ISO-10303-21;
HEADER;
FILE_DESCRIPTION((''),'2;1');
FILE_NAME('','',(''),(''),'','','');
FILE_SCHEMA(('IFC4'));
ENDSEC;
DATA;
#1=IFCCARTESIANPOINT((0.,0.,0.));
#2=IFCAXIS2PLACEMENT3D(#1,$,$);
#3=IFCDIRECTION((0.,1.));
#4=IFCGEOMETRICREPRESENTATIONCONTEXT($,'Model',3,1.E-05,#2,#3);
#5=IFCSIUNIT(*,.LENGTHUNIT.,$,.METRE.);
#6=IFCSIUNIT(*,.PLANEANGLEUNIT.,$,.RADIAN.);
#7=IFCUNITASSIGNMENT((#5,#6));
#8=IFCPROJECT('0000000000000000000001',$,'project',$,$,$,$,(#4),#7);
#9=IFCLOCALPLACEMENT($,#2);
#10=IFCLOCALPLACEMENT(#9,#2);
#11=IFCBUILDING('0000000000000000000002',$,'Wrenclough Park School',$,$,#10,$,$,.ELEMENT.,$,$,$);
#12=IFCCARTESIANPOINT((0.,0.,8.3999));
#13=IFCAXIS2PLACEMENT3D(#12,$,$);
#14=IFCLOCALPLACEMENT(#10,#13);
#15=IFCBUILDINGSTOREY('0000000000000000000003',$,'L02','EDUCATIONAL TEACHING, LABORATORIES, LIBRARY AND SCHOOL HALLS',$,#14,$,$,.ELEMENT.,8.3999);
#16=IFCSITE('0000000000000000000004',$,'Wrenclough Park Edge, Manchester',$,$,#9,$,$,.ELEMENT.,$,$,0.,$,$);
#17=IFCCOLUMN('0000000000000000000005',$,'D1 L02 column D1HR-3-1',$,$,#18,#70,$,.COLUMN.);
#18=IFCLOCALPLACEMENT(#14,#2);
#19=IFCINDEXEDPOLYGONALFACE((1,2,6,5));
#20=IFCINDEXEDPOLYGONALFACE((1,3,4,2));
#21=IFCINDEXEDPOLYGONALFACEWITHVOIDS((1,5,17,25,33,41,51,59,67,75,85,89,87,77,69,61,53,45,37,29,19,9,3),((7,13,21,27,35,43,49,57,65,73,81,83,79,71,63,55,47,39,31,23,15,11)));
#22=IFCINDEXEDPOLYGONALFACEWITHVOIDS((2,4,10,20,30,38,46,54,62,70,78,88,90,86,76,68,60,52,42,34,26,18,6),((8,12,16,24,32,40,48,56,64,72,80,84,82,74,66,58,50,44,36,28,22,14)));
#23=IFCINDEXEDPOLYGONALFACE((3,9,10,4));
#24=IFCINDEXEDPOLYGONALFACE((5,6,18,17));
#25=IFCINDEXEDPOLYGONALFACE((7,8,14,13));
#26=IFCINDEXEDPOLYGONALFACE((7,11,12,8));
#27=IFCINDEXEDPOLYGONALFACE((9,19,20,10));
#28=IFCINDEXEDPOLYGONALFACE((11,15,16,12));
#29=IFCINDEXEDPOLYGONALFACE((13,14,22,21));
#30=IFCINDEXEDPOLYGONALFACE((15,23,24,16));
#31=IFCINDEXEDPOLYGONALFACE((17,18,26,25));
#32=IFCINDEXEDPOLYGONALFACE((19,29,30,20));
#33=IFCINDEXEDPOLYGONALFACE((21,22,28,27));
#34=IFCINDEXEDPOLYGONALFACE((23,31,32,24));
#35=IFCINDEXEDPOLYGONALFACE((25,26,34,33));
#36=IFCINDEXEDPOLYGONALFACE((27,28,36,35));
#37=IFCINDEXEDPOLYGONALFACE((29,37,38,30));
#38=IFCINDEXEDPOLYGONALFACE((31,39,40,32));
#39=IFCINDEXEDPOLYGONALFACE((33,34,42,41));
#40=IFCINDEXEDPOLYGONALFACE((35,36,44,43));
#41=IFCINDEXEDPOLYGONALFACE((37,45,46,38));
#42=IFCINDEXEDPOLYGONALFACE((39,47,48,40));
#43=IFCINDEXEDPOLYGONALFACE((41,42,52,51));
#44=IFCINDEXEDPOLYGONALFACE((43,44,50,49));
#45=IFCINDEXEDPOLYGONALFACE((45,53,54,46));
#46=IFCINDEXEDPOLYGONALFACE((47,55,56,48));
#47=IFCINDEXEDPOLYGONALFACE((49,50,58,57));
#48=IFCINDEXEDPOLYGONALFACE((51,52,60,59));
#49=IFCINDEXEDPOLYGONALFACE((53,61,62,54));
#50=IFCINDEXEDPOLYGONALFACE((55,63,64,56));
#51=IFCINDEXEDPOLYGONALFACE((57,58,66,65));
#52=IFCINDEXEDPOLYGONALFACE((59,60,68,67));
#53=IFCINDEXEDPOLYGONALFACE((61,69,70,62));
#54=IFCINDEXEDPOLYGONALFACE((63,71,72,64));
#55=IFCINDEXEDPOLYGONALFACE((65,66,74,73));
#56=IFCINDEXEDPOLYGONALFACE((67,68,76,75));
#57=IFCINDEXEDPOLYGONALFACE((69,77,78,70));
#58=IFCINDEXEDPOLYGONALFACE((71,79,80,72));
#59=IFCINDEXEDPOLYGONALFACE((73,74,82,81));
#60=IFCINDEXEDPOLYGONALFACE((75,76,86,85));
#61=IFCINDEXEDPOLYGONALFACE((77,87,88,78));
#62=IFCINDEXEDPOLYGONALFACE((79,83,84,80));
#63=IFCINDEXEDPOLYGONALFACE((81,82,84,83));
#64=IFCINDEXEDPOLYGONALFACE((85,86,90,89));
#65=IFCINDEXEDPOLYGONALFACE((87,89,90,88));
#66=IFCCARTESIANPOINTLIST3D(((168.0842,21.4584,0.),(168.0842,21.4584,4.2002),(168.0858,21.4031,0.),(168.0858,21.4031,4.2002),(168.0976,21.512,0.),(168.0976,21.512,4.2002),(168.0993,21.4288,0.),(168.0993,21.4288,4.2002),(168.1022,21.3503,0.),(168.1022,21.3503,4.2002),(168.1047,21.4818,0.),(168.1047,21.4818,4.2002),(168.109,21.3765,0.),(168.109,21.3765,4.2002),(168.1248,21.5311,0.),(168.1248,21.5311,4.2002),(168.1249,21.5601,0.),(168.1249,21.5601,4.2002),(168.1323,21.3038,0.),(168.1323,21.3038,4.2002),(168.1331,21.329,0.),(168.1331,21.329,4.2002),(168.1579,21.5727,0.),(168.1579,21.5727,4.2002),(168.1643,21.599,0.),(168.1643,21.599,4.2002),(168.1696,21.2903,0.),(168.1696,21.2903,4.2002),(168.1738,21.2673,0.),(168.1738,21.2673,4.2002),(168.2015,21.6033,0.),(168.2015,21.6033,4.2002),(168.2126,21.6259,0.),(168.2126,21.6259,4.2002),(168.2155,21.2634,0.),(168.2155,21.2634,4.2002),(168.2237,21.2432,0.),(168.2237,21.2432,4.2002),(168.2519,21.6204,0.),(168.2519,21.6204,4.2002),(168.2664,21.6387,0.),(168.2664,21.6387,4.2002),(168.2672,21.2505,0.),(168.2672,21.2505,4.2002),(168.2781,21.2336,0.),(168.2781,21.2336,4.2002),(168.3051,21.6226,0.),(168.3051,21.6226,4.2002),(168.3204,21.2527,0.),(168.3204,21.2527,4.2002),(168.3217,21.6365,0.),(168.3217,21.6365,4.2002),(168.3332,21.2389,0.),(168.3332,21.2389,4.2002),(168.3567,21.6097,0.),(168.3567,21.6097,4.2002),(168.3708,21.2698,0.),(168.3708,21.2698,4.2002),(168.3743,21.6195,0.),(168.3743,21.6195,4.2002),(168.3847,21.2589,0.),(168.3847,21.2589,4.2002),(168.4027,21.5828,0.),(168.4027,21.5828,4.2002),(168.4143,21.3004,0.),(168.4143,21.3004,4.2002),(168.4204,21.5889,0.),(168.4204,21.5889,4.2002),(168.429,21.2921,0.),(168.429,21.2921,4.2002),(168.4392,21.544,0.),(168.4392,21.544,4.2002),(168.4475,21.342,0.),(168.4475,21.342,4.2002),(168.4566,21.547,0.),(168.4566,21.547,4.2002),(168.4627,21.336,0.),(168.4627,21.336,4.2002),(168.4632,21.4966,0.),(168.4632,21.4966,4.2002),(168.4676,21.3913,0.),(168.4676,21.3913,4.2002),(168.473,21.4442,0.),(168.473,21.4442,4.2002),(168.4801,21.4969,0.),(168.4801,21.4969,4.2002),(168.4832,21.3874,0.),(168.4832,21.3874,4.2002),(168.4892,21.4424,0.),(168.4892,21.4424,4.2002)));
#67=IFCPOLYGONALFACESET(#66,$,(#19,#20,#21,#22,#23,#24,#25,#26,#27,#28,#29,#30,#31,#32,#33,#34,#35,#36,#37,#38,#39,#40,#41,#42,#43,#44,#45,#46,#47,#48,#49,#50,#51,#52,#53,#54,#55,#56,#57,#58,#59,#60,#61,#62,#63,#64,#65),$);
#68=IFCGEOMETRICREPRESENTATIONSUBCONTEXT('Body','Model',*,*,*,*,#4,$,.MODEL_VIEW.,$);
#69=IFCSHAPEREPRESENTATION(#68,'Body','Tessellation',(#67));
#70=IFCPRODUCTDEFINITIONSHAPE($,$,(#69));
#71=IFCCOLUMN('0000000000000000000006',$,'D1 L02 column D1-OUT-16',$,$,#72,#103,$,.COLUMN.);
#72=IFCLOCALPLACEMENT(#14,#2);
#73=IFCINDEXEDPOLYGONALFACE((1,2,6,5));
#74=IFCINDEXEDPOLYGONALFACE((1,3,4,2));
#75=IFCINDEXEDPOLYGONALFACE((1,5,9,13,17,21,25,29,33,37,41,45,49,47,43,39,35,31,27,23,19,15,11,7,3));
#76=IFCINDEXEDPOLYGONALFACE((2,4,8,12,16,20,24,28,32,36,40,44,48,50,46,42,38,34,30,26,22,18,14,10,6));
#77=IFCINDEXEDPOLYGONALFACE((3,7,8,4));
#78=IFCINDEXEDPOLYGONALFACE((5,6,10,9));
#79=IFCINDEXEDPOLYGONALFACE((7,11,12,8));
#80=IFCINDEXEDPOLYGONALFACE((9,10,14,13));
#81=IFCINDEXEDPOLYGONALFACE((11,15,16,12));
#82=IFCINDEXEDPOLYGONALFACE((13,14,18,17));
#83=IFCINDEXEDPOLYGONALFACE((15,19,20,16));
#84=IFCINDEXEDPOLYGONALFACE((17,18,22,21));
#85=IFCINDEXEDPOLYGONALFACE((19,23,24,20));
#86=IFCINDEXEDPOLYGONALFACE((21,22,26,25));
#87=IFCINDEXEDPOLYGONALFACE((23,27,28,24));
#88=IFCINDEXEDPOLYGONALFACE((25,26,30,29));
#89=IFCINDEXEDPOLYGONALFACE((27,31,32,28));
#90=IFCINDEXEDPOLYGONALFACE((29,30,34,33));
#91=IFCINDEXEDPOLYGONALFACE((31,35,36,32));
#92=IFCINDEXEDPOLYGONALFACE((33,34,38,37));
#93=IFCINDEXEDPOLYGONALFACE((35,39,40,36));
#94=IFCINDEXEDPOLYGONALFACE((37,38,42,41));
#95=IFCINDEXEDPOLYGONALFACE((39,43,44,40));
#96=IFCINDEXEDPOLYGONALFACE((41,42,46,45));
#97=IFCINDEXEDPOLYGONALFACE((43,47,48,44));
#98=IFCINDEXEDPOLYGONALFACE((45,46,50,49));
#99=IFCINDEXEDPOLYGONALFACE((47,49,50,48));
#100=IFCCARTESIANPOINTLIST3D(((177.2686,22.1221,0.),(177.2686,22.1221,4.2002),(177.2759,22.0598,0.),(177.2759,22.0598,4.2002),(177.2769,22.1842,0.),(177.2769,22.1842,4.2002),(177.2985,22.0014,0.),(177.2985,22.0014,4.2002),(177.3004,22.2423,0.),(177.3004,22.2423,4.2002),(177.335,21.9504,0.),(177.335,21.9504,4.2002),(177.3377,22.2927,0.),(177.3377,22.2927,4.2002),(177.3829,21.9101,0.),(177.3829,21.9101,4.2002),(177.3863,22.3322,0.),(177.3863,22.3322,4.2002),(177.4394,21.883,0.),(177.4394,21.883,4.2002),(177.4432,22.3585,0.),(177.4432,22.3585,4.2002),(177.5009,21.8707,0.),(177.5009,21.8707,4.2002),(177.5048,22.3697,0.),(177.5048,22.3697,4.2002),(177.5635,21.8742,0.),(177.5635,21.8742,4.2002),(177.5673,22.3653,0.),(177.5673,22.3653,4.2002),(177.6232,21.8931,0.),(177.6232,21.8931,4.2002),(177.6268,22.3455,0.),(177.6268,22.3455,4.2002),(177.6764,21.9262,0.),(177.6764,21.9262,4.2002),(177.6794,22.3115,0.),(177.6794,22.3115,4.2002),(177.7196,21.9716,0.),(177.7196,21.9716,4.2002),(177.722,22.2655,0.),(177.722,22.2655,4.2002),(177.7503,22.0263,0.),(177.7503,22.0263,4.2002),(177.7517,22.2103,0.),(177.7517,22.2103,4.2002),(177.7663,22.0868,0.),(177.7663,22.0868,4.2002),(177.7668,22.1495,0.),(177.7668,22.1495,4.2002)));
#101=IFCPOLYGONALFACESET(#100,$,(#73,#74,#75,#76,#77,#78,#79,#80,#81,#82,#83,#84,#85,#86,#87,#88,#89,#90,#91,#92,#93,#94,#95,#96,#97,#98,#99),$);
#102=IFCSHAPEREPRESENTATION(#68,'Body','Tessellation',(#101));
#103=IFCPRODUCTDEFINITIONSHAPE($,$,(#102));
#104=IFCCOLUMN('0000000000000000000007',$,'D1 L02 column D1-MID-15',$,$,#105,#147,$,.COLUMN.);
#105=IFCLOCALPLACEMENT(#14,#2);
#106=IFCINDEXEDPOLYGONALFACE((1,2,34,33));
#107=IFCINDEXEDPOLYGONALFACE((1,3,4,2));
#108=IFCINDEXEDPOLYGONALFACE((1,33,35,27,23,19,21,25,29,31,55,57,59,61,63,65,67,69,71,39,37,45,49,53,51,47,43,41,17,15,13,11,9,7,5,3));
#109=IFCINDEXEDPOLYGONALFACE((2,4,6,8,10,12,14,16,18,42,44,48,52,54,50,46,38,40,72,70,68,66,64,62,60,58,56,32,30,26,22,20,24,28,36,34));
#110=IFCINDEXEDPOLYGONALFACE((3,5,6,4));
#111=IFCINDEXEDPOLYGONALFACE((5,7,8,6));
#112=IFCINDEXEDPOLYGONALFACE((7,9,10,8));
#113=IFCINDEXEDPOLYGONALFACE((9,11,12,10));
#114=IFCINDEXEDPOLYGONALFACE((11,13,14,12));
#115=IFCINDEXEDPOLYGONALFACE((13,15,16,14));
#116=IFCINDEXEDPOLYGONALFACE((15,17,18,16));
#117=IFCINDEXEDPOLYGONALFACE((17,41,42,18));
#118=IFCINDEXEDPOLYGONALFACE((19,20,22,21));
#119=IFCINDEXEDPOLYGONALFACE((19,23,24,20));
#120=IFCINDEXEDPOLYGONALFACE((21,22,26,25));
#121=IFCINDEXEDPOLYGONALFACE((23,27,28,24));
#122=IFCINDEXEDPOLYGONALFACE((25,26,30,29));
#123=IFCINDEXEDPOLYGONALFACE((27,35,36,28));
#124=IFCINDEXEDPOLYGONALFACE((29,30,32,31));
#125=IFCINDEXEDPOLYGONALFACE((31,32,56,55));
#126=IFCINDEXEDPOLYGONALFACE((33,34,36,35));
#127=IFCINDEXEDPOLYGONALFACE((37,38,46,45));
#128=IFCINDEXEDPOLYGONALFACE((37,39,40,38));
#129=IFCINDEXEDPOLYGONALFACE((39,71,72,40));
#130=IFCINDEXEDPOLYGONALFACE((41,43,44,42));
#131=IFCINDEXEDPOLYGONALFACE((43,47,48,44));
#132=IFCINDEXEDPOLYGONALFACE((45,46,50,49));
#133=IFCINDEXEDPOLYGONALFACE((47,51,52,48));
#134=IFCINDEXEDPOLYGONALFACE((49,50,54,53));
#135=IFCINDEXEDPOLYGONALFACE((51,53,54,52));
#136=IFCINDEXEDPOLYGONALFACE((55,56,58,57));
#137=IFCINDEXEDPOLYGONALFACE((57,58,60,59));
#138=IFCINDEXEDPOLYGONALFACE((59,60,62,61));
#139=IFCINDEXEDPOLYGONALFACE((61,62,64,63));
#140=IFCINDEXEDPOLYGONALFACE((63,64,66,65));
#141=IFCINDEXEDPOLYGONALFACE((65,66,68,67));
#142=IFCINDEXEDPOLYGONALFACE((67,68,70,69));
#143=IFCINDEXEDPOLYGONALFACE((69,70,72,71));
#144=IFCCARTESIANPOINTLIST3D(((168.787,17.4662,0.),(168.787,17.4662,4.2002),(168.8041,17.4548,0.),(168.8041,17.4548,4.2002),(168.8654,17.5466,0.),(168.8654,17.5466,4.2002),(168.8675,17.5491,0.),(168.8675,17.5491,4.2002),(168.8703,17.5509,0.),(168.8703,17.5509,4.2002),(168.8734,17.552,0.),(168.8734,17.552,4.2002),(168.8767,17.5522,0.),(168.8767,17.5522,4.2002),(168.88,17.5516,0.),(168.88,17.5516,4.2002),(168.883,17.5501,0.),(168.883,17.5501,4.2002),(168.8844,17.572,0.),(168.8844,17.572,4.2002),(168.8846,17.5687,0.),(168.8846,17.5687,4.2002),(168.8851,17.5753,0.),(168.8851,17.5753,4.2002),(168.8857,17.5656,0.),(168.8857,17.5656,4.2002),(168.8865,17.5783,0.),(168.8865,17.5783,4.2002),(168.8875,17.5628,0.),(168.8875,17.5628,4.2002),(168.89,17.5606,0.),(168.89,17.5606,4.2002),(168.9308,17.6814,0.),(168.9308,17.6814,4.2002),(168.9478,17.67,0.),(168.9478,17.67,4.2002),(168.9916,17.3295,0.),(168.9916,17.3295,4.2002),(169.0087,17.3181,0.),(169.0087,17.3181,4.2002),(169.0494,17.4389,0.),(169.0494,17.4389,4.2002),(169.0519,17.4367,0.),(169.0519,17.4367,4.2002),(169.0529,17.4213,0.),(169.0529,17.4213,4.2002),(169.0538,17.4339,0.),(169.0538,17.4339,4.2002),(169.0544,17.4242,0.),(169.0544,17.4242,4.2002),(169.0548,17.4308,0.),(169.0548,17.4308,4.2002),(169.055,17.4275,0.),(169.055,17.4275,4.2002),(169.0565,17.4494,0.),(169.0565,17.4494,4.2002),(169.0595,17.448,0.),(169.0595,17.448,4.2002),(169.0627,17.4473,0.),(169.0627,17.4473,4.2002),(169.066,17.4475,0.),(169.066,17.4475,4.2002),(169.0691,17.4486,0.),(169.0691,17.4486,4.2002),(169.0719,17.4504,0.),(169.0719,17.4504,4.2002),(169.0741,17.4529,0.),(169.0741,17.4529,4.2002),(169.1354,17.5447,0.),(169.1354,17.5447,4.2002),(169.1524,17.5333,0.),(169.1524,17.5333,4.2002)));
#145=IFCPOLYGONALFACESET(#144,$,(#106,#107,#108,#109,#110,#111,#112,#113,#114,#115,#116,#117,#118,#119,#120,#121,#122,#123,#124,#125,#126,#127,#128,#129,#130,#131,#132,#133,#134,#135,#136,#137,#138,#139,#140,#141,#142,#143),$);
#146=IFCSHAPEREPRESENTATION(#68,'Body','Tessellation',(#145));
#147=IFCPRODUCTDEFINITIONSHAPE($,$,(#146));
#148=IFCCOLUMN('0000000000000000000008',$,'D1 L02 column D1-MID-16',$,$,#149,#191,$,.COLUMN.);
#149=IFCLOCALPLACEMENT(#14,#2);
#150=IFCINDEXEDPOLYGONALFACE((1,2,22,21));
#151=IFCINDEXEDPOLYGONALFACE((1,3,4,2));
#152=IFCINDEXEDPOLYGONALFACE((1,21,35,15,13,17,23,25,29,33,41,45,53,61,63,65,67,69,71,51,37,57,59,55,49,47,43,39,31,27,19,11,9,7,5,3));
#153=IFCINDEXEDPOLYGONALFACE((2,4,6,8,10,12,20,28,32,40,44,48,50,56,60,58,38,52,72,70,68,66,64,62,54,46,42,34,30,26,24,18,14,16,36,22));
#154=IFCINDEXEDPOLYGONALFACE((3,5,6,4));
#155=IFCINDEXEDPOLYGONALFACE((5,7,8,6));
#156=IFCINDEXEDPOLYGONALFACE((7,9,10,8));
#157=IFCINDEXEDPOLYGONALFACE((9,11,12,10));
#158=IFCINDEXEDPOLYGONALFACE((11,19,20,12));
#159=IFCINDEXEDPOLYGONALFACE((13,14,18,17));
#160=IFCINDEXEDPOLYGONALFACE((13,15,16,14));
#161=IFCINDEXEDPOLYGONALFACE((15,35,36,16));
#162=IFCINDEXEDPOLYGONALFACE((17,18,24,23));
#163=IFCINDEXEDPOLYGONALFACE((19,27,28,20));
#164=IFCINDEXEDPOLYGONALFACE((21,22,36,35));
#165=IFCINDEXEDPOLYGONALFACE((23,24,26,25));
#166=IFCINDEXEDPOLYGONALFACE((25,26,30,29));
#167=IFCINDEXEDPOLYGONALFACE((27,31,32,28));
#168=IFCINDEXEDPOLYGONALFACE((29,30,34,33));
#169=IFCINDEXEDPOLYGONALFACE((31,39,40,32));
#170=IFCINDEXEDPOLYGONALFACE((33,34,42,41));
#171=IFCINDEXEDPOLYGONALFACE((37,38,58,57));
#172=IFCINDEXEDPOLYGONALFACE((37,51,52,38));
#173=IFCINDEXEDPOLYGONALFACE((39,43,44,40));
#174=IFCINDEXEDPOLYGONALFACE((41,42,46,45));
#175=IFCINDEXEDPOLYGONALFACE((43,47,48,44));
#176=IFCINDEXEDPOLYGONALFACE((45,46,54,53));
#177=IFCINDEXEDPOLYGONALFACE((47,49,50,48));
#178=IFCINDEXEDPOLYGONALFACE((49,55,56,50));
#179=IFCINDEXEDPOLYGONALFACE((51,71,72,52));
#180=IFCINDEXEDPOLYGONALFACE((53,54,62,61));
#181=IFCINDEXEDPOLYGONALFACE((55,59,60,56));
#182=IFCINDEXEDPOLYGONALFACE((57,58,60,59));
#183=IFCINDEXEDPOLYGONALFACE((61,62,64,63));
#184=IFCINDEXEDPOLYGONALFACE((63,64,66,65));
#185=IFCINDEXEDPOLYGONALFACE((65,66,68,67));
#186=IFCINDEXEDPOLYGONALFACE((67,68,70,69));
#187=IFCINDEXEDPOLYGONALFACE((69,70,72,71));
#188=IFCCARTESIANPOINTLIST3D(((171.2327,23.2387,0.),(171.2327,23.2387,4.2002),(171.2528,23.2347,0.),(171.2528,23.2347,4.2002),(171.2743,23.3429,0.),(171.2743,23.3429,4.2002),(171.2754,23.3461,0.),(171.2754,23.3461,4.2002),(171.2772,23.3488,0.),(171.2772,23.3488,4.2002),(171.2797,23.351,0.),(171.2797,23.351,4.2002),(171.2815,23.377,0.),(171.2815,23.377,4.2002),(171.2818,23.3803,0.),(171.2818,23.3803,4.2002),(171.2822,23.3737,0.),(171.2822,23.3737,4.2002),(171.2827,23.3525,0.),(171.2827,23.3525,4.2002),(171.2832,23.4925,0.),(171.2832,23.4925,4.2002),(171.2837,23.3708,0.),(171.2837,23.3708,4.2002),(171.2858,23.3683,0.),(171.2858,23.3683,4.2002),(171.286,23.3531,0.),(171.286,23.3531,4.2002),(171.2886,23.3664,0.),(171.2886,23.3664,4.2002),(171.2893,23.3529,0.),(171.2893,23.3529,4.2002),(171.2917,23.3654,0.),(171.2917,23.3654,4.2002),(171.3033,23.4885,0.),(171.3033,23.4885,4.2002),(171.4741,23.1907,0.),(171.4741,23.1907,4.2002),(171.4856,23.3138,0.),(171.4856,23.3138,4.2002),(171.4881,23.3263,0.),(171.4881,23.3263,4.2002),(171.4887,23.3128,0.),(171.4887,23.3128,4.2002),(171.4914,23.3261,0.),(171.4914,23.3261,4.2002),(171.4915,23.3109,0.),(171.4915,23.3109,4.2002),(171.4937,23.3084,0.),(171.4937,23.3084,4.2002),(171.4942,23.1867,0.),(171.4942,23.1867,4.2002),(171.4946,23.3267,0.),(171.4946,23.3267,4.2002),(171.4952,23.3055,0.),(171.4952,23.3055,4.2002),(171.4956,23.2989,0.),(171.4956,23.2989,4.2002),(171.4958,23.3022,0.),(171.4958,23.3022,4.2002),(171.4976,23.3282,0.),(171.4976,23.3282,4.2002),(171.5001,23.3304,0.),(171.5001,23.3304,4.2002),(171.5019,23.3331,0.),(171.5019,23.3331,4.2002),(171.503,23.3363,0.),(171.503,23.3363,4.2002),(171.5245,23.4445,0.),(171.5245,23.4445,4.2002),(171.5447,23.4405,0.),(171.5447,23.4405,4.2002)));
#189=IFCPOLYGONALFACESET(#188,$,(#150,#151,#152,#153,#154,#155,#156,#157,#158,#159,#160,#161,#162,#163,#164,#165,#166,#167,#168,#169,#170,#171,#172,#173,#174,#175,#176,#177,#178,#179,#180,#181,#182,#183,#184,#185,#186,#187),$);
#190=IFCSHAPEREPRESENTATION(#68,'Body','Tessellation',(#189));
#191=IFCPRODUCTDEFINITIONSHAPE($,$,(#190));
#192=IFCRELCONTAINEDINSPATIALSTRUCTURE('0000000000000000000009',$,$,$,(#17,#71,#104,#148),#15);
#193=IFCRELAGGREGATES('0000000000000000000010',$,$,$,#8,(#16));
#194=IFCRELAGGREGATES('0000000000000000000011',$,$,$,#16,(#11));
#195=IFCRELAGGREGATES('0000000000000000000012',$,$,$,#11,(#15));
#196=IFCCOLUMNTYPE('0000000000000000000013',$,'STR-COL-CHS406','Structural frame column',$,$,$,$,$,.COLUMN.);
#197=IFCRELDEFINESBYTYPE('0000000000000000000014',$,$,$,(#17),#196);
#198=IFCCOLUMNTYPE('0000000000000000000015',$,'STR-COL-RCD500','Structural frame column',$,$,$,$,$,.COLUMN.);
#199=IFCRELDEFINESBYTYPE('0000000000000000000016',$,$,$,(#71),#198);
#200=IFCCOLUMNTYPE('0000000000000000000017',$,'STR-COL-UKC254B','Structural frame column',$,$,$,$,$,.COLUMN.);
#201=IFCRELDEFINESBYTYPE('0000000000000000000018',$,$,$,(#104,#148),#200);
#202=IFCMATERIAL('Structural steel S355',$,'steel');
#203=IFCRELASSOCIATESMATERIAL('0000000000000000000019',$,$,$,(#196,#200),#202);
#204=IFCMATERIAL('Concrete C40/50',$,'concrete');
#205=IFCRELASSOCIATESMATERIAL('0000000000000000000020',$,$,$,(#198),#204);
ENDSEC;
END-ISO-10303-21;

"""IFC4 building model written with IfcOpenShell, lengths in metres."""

from ifc_helpers import new_model, si_unit, direction, frame, origin, origin_2d, place, context, subcontext, project, spatial, circle, hollow_circle, i_section, extrude, material, material_profile, profile_set, type_object, element, save


model = new_model("IFC4")

# Units and contexts
model_context = context("Model", 3, precision=1e-05, world=origin(), true_north=direction((0.0, 1.0)))
body_context = subcontext(model_context, "Body", "Model", "MODEL_VIEW")
ifc_project = project(units=[si_unit("LENGTHUNIT", "METRE"), si_unit("PLANEANGLEUNIT", "RADIAN")], contexts=[model_context])

# Site, building, storey
site_placement = place(None, origin())
site = spatial("IfcSite", under=ifc_project, at=site_placement, Name="Wrenclough Park Edge, Manchester", CompositionType="ELEMENT", RefElevation=0.0)
building_placement = place(site_placement, origin())
building = spatial("IfcBuilding", under=site, at=building_placement, Name="Wrenclough Park School", CompositionType="ELEMENT")
storey_placement = place(building_placement, frame((0.0, 0.0, 8.3999)))
storey = spatial("IfcBuildingStorey", under=building, at=storey_placement, Name="L02", Description="EDUCATIONAL TEACHING, LABORATORIES, LIBRARY AND SCHOOL HALLS", CompositionType="ELEMENT", Elevation=8.3999)

# Columns
ifc_material_1 = material(Name="Structural steel S355", Category="steel")
ifc_material_profile_1 = material_profile(ifc_material_1, hollow_circle(Radius=0.2031, WallThickness=0.0161, at=origin_2d()), Name="CHS 406.4x16.0")
ifc_profile_set_1 = profile_set([ifc_material_profile_1], Name="Structural steel S355")
column_type_1 = type_object("IfcColumnType", Name="STR-COL-CHS406", Description="Structural frame column", PredefinedType="COLUMN", material=ifc_profile_set_1)
column_1_placement = place(storey_placement, frame((168.2861, 21.4365, 0.0), z_axis=(0.0, 0.0, 1.0), x_axis=(0.970296, -0.241922, 0.0)))
element("IfcColumn", 1, at=column_1_placement, inside=storey, type_object=column_type_1, Name="D1 L02 column D1HR-3-1", PredefinedType="COLUMN", context=body_context, shape_type="SweptSolid", body=[
    extrude(hollow_circle(Radius=0.2031, WallThickness=0.0161, at=origin_2d()), origin(), (0.0, 0.0, 1.0), 4.2002),
])
ifc_material_2 = material(Name="Concrete C40/50", Category="concrete")
ifc_material_profile_2 = material_profile(ifc_material_2, circle(Radius=0.25, at=origin_2d()), Name="RC COL D500")
ifc_profile_set_2 = profile_set([ifc_material_profile_2], Name="Concrete C40/50")
column_type_2 = type_object("IfcColumnType", Name="STR-COL-RCD500", Description="Structural frame column", PredefinedType="COLUMN", material=ifc_profile_set_2)
column_2_placement = place(storey_placement, frame((177.5186, 22.1201, 0.0), z_axis=(0.0, 0.0, 1.0), x_axis=(0.19509, 0.980785, 0.0)))
element("IfcColumn", 2, at=column_2_placement, inside=storey, type_object=column_type_2, Name="D1 L02 column D1-OUT-16", PredefinedType="COLUMN", context=body_context, shape_type="SweptSolid", body=[
    extrude(circle(Radius=0.25, at=origin_2d()), origin(), (0.0, 0.0, 1.0), 4.2002),
])
ifc_material_profile_3 = material_profile(ifc_material_1, i_section(OverallWidth=0.2588, OverallDepth=0.2666, WebThickness=0.0127, FlangeThickness=0.0205, FilletRadius=0.0127, at=origin_2d()), Name="UKC 254x254x107")
ifc_profile_set_3 = profile_set([ifc_material_profile_3], Name="Structural steel S355")
column_type_3 = type_object("IfcColumnType", Name="STR-COL-UKC254B", Description="Structural frame column", PredefinedType="COLUMN", material=ifc_profile_set_3)
for number, where, z_axis, x_axis, name in (
    (3, (168.9697, 17.4998, 0.0), (0.0, 0.0, 1.0), (0.55557, 0.83147, 0.0), "D1 L02 column D1-MID-15"),
    (4, (171.3887, 23.3396, 0.0), (0.0, 0.0, 1.0), (0.19509, 0.980785, 0.0), "D1 L02 column D1-MID-16"),
):
    element("IfcColumn", number, at=place(storey_placement, frame(where, z_axis=z_axis, x_axis=x_axis)), inside=storey, type_object=column_type_3, Name=name, PredefinedType="COLUMN", context=body_context, shape_type="SweptSolid", body=[
        extrude(i_section(OverallWidth=0.2588, OverallDepth=0.2666, WebThickness=0.0127, FlangeThickness=0.0205, FilletRadius=0.0127, at=origin_2d()), origin(), (0.0, 0.0, 1.0), 4.2002),
    ])

save(model, "model.ifc")
